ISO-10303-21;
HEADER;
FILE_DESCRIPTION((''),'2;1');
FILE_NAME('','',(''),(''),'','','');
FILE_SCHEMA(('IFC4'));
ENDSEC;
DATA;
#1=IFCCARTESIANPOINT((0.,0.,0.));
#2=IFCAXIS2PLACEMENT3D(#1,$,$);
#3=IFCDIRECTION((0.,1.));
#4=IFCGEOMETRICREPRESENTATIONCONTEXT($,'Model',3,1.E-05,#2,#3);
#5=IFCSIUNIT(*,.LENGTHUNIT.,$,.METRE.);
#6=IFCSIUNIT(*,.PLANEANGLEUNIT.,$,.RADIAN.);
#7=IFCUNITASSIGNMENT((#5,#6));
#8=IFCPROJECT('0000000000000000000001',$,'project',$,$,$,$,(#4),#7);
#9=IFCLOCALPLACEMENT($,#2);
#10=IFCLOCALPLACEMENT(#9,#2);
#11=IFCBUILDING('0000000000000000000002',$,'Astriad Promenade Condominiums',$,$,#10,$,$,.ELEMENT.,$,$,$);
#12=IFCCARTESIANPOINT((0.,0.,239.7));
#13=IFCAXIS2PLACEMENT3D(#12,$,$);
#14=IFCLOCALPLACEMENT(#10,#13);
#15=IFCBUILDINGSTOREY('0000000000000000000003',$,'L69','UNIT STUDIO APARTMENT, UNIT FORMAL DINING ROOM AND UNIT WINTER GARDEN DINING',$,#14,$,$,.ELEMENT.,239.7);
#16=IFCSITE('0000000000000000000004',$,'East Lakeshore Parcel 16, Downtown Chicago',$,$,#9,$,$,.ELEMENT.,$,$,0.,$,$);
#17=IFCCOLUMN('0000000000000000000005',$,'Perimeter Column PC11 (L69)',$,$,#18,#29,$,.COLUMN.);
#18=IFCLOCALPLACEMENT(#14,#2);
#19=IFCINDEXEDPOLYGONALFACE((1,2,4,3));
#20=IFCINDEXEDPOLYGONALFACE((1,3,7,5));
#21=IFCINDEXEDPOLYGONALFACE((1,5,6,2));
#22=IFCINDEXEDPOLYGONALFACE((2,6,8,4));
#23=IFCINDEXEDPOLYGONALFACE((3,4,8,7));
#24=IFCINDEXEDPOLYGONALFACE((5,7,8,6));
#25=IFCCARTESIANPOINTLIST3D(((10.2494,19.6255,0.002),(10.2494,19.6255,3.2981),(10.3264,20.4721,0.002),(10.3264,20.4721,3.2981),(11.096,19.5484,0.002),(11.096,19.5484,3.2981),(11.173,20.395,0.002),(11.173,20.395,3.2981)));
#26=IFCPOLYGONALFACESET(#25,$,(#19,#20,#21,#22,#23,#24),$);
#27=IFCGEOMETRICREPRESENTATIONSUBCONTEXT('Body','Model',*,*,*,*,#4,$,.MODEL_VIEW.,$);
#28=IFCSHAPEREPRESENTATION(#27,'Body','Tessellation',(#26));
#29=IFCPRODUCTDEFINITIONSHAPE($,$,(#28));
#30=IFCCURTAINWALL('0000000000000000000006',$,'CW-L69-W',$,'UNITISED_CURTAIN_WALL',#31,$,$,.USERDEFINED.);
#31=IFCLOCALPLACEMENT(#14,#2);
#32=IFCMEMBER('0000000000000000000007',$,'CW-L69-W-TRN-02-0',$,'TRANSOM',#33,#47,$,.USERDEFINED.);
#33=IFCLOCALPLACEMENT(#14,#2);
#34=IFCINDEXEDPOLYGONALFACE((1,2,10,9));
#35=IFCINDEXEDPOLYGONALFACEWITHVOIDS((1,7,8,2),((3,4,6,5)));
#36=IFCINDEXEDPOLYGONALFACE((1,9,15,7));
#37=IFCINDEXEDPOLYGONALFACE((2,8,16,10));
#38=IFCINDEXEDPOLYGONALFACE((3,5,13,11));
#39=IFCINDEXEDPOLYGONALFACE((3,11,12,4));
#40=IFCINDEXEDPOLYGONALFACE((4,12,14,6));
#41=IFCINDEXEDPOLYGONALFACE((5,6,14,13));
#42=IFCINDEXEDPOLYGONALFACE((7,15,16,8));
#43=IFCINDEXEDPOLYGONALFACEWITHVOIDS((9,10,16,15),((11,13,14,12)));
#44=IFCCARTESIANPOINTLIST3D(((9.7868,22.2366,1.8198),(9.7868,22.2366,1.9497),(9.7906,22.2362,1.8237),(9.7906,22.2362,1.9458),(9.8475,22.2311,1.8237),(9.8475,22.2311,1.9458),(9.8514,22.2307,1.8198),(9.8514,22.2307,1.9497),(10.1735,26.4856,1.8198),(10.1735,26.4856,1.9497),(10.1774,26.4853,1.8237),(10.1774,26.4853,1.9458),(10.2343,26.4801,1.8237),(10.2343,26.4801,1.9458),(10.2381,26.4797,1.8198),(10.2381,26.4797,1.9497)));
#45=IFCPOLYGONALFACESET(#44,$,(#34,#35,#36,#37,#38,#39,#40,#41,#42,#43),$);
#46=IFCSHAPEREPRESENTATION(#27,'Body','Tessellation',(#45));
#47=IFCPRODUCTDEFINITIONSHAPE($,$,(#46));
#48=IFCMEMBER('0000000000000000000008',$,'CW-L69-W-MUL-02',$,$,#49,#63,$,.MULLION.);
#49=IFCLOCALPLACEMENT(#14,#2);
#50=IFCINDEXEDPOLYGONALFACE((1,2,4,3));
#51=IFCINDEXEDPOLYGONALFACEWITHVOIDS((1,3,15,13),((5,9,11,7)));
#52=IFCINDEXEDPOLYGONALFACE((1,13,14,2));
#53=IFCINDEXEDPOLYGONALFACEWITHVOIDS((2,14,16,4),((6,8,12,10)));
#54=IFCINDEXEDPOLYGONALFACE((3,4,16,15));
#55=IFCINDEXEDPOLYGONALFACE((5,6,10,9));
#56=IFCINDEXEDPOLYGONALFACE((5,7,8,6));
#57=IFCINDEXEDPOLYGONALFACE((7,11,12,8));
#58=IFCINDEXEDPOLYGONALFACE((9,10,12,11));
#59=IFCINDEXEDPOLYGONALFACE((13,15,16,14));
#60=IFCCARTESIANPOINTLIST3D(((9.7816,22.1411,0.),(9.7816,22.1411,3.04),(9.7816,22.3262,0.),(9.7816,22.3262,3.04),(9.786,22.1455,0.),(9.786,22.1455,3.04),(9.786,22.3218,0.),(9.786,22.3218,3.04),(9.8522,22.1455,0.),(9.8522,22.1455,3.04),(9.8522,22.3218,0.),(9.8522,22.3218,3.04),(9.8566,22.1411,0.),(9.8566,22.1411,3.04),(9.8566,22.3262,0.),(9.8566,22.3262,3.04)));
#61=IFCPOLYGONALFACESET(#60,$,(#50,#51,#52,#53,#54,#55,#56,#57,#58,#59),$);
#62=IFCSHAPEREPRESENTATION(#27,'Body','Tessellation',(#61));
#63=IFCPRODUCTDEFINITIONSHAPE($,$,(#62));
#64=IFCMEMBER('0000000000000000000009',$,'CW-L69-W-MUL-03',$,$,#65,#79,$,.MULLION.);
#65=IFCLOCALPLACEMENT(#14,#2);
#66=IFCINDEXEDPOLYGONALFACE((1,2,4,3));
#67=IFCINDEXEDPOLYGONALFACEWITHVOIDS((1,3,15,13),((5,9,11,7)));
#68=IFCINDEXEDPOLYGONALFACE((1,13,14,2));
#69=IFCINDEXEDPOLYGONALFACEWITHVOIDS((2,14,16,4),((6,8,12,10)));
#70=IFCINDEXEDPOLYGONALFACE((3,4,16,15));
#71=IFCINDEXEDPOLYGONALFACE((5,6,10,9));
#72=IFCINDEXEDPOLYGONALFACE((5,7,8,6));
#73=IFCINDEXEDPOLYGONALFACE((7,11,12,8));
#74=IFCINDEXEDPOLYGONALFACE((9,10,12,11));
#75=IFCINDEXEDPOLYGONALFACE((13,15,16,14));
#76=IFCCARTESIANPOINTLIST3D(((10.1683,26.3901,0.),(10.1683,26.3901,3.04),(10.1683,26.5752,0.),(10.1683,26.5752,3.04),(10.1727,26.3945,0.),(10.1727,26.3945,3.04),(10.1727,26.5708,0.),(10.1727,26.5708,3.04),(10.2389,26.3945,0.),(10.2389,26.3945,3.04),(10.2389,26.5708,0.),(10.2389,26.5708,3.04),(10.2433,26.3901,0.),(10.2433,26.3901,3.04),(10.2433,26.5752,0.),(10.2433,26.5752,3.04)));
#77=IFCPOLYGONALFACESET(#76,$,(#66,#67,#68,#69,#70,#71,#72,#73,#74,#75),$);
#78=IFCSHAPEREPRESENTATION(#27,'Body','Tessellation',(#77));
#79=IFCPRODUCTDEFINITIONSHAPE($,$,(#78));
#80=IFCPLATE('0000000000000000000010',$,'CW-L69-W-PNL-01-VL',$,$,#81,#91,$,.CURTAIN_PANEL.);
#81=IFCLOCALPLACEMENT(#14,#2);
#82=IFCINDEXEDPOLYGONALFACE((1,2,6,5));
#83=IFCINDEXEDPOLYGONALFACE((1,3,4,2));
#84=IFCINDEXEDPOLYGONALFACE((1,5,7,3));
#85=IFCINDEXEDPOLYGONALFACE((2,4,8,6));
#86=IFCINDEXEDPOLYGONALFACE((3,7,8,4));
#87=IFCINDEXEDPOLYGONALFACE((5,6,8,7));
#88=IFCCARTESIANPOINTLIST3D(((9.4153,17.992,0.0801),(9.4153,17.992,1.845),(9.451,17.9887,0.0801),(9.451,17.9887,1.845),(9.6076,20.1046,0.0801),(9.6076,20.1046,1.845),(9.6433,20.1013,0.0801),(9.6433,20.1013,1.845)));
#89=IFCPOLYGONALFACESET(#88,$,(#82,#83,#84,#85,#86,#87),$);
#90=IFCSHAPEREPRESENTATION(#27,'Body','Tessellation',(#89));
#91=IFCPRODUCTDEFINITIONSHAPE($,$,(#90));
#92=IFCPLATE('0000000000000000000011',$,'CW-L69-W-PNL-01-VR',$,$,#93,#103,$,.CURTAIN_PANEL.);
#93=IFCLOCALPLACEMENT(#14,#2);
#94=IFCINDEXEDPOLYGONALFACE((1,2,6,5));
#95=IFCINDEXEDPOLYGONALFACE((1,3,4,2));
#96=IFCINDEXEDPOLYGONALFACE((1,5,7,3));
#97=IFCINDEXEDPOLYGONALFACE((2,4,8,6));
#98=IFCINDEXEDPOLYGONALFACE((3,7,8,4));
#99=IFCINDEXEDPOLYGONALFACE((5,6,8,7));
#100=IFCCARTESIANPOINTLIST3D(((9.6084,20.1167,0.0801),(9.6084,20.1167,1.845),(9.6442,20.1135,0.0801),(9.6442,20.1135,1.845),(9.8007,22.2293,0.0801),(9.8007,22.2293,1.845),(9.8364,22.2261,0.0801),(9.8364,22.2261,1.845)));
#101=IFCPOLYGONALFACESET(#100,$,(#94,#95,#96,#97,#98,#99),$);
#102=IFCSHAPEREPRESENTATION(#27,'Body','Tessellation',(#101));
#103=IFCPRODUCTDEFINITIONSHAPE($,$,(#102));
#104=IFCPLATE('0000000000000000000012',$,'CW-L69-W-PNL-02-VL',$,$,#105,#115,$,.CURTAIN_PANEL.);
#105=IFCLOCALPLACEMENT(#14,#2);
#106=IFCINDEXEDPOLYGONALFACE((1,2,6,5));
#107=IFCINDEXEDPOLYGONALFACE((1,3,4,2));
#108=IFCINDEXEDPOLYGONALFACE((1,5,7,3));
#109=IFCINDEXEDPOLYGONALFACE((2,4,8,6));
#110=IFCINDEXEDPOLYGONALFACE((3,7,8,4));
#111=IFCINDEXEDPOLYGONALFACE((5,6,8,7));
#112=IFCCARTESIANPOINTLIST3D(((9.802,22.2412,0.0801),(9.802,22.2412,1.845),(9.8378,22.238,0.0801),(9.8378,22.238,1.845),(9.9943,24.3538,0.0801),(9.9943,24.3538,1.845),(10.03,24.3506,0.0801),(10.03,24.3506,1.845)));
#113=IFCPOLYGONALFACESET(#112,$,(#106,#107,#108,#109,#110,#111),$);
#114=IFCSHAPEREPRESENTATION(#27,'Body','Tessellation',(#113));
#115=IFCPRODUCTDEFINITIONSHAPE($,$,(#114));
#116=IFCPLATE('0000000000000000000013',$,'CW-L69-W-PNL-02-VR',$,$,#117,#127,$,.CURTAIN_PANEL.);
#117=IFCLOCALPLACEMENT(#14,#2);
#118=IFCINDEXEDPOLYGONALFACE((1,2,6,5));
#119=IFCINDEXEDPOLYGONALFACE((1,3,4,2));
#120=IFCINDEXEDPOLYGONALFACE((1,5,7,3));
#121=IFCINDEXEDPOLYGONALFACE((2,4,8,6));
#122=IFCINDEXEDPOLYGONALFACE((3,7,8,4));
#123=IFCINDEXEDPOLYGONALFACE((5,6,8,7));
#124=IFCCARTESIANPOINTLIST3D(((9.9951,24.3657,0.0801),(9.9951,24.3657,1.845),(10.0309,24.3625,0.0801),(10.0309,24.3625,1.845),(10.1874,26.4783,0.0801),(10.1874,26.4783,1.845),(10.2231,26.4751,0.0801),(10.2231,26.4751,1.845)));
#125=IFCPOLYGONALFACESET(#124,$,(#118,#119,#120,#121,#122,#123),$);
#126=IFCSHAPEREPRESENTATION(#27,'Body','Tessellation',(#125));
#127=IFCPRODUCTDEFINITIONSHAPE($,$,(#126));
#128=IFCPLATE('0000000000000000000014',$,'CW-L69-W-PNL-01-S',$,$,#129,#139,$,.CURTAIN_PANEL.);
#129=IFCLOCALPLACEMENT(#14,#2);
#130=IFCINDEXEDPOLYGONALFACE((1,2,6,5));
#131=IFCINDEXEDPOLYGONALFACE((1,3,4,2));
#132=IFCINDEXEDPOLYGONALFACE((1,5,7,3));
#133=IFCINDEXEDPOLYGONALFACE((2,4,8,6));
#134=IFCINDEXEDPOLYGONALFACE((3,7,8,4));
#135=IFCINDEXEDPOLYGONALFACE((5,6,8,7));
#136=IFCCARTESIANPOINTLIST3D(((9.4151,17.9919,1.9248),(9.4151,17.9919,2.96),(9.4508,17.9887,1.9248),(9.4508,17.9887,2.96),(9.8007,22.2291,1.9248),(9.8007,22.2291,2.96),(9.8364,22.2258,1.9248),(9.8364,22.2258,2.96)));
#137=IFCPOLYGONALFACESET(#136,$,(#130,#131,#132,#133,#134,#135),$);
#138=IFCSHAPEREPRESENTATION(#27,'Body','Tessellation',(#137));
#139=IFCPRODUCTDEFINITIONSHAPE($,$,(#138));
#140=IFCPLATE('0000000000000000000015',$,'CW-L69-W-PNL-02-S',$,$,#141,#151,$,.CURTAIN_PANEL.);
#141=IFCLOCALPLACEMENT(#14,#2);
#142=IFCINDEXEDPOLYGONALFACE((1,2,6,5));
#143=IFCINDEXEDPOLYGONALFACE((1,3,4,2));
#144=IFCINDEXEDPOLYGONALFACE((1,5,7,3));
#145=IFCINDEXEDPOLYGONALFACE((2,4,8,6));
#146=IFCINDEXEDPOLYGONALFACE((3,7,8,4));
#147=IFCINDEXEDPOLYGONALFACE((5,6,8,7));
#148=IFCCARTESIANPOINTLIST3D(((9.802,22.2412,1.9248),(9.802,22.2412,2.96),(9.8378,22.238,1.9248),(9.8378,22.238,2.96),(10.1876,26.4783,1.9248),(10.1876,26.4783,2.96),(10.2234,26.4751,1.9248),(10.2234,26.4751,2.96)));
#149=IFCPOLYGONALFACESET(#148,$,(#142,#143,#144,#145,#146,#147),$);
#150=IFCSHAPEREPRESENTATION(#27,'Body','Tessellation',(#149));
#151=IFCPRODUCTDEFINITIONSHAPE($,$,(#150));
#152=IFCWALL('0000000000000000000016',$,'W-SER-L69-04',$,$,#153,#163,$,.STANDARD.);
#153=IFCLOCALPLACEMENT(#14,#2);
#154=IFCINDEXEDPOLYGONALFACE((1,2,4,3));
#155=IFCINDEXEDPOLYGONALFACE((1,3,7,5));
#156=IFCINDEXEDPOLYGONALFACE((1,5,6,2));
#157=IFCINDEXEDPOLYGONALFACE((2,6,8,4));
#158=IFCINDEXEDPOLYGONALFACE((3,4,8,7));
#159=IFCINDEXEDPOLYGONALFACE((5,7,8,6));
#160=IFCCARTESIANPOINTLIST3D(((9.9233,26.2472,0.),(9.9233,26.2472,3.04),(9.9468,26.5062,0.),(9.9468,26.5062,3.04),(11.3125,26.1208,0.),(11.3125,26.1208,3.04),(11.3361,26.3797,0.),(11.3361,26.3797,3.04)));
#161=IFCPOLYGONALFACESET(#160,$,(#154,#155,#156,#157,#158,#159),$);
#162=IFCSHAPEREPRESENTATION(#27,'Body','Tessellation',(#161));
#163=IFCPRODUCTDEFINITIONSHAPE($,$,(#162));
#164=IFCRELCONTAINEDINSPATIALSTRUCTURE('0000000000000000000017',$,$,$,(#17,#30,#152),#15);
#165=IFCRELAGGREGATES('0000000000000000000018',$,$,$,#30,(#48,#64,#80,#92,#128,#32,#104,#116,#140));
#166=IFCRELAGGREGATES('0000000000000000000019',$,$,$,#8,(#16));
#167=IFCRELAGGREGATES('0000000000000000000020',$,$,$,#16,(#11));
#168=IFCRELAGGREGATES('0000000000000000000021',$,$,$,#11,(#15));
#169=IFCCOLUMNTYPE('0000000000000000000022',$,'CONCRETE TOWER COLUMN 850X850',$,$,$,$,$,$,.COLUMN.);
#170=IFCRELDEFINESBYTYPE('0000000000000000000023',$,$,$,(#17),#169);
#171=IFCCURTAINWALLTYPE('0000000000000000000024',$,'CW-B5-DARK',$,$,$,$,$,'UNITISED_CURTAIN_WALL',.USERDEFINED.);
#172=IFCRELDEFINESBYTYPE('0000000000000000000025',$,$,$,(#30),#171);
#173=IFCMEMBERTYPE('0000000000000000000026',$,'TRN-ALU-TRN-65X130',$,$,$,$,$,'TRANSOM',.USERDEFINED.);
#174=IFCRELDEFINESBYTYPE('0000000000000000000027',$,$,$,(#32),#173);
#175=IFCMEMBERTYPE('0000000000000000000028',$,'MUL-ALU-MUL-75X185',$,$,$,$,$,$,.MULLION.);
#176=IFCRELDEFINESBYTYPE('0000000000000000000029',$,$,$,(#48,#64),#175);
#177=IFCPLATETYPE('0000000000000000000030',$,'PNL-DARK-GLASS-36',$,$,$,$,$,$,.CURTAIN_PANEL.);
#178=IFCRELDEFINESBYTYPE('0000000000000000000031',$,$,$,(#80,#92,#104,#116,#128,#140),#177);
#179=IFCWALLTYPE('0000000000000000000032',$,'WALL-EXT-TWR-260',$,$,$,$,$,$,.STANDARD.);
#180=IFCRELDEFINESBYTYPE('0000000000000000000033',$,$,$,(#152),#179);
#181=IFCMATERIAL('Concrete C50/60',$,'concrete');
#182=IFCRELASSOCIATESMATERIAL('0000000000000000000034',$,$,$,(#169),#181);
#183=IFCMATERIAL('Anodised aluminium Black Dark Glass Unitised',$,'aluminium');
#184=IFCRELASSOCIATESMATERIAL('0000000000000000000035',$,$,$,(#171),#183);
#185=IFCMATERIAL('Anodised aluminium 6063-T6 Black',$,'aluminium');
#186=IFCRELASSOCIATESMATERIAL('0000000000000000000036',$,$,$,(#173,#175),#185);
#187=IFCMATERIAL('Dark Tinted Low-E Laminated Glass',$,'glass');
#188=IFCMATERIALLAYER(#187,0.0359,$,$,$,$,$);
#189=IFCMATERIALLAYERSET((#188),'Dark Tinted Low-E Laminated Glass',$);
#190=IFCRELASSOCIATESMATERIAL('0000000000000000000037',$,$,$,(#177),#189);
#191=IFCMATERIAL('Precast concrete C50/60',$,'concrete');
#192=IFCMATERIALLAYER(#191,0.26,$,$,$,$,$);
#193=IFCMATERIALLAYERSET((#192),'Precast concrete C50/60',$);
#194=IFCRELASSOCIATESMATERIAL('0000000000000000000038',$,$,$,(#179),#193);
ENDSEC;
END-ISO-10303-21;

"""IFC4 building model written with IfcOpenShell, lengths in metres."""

from ifc_helpers import new_model, si_unit, direction, frame, frame_2d, origin, origin_2d, place, context, subcontext, project, spatial, rectangle, hollow_rectangle, extrude, source, transform, mapped, material, layer, layer_set, material_profile, profile_set, type_object, type_shapes, element, aggregate, save


model = new_model("IFC4")

# Units and contexts
model_context = context("Model", 3, precision=1e-05, world=origin(), true_north=direction((0.0, 1.0)))
body_context = subcontext(model_context, "Body", "Model", "MODEL_VIEW")
ifc_project = project(units=[si_unit("LENGTHUNIT", "METRE"), si_unit("PLANEANGLEUNIT", "RADIAN")], contexts=[model_context])

# Site, building, storey
site_placement = place(None, origin())
site = spatial("IfcSite", under=ifc_project, at=site_placement, Name="East Lakeshore Parcel 16, Downtown Chicago", CompositionType="ELEMENT", RefElevation=0.0)
building_placement = place(site_placement, origin())
building = spatial("IfcBuilding", under=site, at=building_placement, Name="Astriad Promenade Condominiums", CompositionType="ELEMENT")
storey_placement = place(building_placement, frame((0.0, 0.0, 239.7)))
storey = spatial("IfcBuildingStorey", under=building, at=storey_placement, Name="L69", Description="UNIT STUDIO APARTMENT, UNIT FORMAL DINING ROOM AND UNIT WINTER GARDEN DINING", CompositionType="ELEMENT", Elevation=239.7)

# Column
ifc_material_1 = material(Name="Concrete C50/60", Category="concrete")
ifc_material_profile_1 = material_profile(ifc_material_1, rectangle(XDim=0.8501, YDim=0.8501, at=origin_2d()), Name="RC-COL-850X850")
ifc_profile_set_1 = profile_set([ifc_material_profile_1], Name="Concrete C50/60")
column_type = type_object("IfcColumnType", Name="CONCRETE TOWER COLUMN 850X850", PredefinedType="COLUMN", material=ifc_profile_set_1)
shared_shape_1 = source(origin(), body_context, "Body", "SweptSolid", [
    extrude(rectangle(XDim=0.8501, YDim=0.8501, at=origin_2d()), origin(), (0.0, 0.0, 1.0), 3.2961),
])
type_shapes(column_type, [shared_shape_1])
column_placement = place(storey_placement, frame((10.7112, 20.0103, 0.002), z_axis=(0.0, 0.0, 1.0), x_axis=(0.995884, -0.090633, 0.0)))
element("IfcColumn", 1, at=column_placement, inside=storey, type_object=column_type, Name="Perimeter Column PC11 (L69)", PredefinedType="COLUMN", context=body_context, shape_type="MappedRepresentation", body=[
    mapped(shared_shape_1, transform((0.0, 0.0, 0.0), scale=1.0)),
])

# Curtain wall, members, plates
ifc_material_2 = material(Name="Anodised aluminium Black Dark Glass Unitised", Category="aluminium")
curtain_wall_type = type_object("IfcCurtainWallType", Name="CW-B5-DARK", ElementType="UNITISED_CURTAIN_WALL", PredefinedType="USERDEFINED", material=ifc_material_2)
curtain_wall_placement = place(storey_placement, origin())
curtain_wall = element("IfcCurtainWall", 2, at=curtain_wall_placement, inside=storey, type_object=curtain_wall_type, Name="CW-L69-W", ObjectType="UNITISED_CURTAIN_WALL", PredefinedType="USERDEFINED")
ifc_material_3 = material(Name="Anodised aluminium 6063-T6 Black", Category="aluminium")
ifc_material_profile_2 = material_profile(ifc_material_3, hollow_rectangle(XDim=0.0649, YDim=0.1299, WallThickness=0.0039, at=origin_2d()), Name="ALU-TRN-65X130")
ifc_profile_set_2 = profile_set([ifc_material_profile_2], Name="Anodised aluminium 6063-T6 Black")
member_type_1 = type_object("IfcMemberType", Name="TRN-ALU-TRN-65X130", ElementType="TRANSOM", PredefinedType="USERDEFINED", material=ifc_profile_set_2)
shared_shape_2 = source(origin(), body_context, "Body", "SweptSolid", [
    extrude(hollow_rectangle(XDim=0.0649, YDim=0.1299, WallThickness=0.0039, at=origin_2d()), origin(), (0.0, 0.0, 1.0), 4.2666),
])
type_shapes(member_type_1, [shared_shape_2])
member_1_placement = place(storey_placement, frame((9.8191, 22.2336, 1.8848), z_axis=(0.090639, 0.995884, 0.0), x_axis=(-0.995884, 0.090639, 0.0)))
member_1 = element("IfcMember", 3, at=member_1_placement, type_object=member_type_1, Name="CW-L69-W-TRN-02-0", ObjectType="TRANSOM", PredefinedType="USERDEFINED", context=body_context, shape_type="MappedRepresentation", body=[
    mapped(shared_shape_2, transform((0.0, 0.0, 0.0), scale=1.0)),
])
ifc_material_profile_3 = material_profile(ifc_material_3, hollow_rectangle(XDim=0.075, YDim=0.1851, WallThickness=0.0044, at=origin_2d()), Name="ALU-MUL-75X185")
ifc_profile_set_3 = profile_set([ifc_material_profile_3], Name="Anodised aluminium 6063-T6 Black")
member_type_2 = type_object("IfcMemberType", Name="MUL-ALU-MUL-75X185", PredefinedType="MULLION", material=ifc_profile_set_3)
shared_shape_3 = source(origin(), body_context, "Body", "SweptSolid", [
    extrude(hollow_rectangle(XDim=0.075, YDim=0.1851, WallThickness=0.0044, at=origin_2d()), origin(), (0.0, 0.0, 1.0), 3.04),
])
type_shapes(member_type_2, [shared_shape_3])
member_2_placement = place(storey_placement, frame((9.8191, 22.2336, 0.0), z_axis=(0.0, 0.0, 1.0), x_axis=(1.0, 0.0, 0.0)))
member_2 = element("IfcMember", 4, at=member_2_placement, type_object=member_type_2, Name="CW-L69-W-MUL-02", PredefinedType="MULLION", context=body_context, shape_type="MappedRepresentation", body=[
    mapped(shared_shape_3, transform((0.0, 0.0, 0.0), scale=1.0)),
])
member_3_placement = place(storey_placement, frame((10.2058, 26.4827, 0.0), z_axis=(0.0, 0.0, 1.0), x_axis=(1.0, 0.0, 0.0)))
member_3 = element("IfcMember", 5, at=member_3_placement, type_object=member_type_2, Name="CW-L69-W-MUL-03", PredefinedType="MULLION", context=body_context, shape_type="MappedRepresentation", body=[
    mapped(shared_shape_3, transform((0.0, 0.0, 0.0), scale=1.0)),
])
ifc_material_4 = material(Name="Dark Tinted Low-E Laminated Glass", Category="glass")
ifc_layer_1 = layer(ifc_material_4, 0.0359)
ifc_layer_set_1 = layer_set([ifc_layer_1], Name="Dark Tinted Low-E Laminated Glass")
plate_type = type_object("IfcPlateType", Name="PNL-DARK-GLASS-36", PredefinedType="CURTAIN_PANEL", material=ifc_layer_set_1)
shared_shape_4 = source(origin(), body_context, "Body", "SweptSolid", [
    extrude(rectangle(XDim=2.1213, YDim=0.0359, at=origin_2d()), origin(), (0.0, 0.0, 1.0), 1.7649),
])
plate_1_placement = place(storey_placement, frame((9.5293, 19.0466, 0.0801), z_axis=(0.0, 0.0, 1.0), x_axis=(0.090633, 0.995884, 0.0)))
plate_1 = element("IfcPlate", 6, at=plate_1_placement, type_object=plate_type, Name="CW-L69-W-PNL-01-VL", PredefinedType="CURTAIN_PANEL", context=body_context, shape_type="MappedRepresentation", body=[
    mapped(shared_shape_4, transform((0.0, 0.0, 0.0), scale=1.0)),
])
plate_2_placement = place(storey_placement, frame((9.7224, 21.1714, 0.0801), z_axis=(0.0, 0.0, 1.0), x_axis=(0.090633, 0.995884, 0.0)))
plate_2 = element("IfcPlate", 7, at=plate_2_placement, type_object=plate_type, Name="CW-L69-W-PNL-01-VR", PredefinedType="CURTAIN_PANEL", context=body_context, shape_type="MappedRepresentation", body=[
    mapped(shared_shape_4, transform((0.0, 0.0, 0.0), scale=1.0)),
])
plate_3_placement = place(storey_placement, frame((9.916, 23.2959, 0.0801), z_axis=(0.0, 0.0, 1.0), x_axis=(0.090633, 0.995884, 0.0)))
plate_3 = element("IfcPlate", 8, at=plate_3_placement, type_object=plate_type, Name="CW-L69-W-PNL-02-VL", PredefinedType="CURTAIN_PANEL", context=body_context, shape_type="MappedRepresentation", body=[
    mapped(shared_shape_4, transform((0.0, 0.0, 0.0), scale=1.0)),
])
plate_4_placement = place(storey_placement, frame((10.1091, 25.4204, 0.0801), z_axis=(0.0, 0.0, 1.0), x_axis=(0.090633, 0.995884, 0.0)))
plate_4 = element("IfcPlate", 9, at=plate_4_placement, type_object=plate_type, Name="CW-L69-W-PNL-02-VR", PredefinedType="CURTAIN_PANEL", context=body_context, shape_type="MappedRepresentation", body=[
    mapped(shared_shape_4, transform((0.0, 0.0, 0.0), scale=1.0)),
])
shared_shape_5 = source(origin(), body_context, "Body", "SweptSolid", [
    extrude(rectangle(XDim=4.2546, YDim=0.0359, at=origin_2d()), origin(), (0.0, 0.0, 1.0), 1.0352),
])
type_shapes(plate_type, [shared_shape_4, shared_shape_5])
plate_5_placement = place(storey_placement, frame((9.6257, 20.1089, 1.9248), z_axis=(0.0, 0.0, 1.0), x_axis=(0.090633, 0.995884, 0.0)))
plate_5 = element("IfcPlate", 10, at=plate_5_placement, type_object=plate_type, Name="CW-L69-W-PNL-01-S", PredefinedType="CURTAIN_PANEL", context=body_context, shape_type="MappedRepresentation", body=[
    mapped(shared_shape_5, transform((0.0, 0.0, 0.0), scale=1.0)),
])
plate_6_placement = place(storey_placement, frame((10.0127, 24.3582, 1.9248), z_axis=(0.0, 0.0, 1.0), x_axis=(0.090633, 0.995884, 0.0)))
plate_6 = element("IfcPlate", 11, at=plate_6_placement, type_object=plate_type, Name="CW-L69-W-PNL-02-S", PredefinedType="CURTAIN_PANEL", context=body_context, shape_type="MappedRepresentation", body=[
    mapped(shared_shape_5, transform((0.0, 0.0, 0.0), scale=1.0)),
])
aggregate(curtain_wall, [member_2, member_3, plate_1, plate_2, plate_5, member_1, plate_3, plate_4, plate_6])

# Wall
ifc_material_5 = material(Name="Precast concrete C50/60", Category="concrete")
ifc_layer_2 = layer(ifc_material_5, 0.26)
ifc_layer_set_2 = layer_set([ifc_layer_2], Name="Precast concrete C50/60")
wall_type_1 = type_object("IfcWallType", Name="WALL-EXT-TWR-260", PredefinedType="STANDARD", material=ifc_layer_set_2)
wall_1_placement = place(storey_placement, frame((9.9351, 26.3767, 0.0), z_axis=(0.0, 0.0, 1.0), x_axis=(0.995882, -0.090662, 0.0)))
element("IfcWall", 12, at=wall_1_placement, inside=storey, type_object=wall_type_1, Name="W-SER-L69-04", PredefinedType="STANDARD", context=body_context, shape_type="SweptSolid", body=[
    extrude(rectangle(XDim=1.395, YDim=0.26, at=frame_2d((0.6975, 0.0))), origin(), (0.0, 0.0, 1.0), 3.04),
])

save(model, "model.ifc")
